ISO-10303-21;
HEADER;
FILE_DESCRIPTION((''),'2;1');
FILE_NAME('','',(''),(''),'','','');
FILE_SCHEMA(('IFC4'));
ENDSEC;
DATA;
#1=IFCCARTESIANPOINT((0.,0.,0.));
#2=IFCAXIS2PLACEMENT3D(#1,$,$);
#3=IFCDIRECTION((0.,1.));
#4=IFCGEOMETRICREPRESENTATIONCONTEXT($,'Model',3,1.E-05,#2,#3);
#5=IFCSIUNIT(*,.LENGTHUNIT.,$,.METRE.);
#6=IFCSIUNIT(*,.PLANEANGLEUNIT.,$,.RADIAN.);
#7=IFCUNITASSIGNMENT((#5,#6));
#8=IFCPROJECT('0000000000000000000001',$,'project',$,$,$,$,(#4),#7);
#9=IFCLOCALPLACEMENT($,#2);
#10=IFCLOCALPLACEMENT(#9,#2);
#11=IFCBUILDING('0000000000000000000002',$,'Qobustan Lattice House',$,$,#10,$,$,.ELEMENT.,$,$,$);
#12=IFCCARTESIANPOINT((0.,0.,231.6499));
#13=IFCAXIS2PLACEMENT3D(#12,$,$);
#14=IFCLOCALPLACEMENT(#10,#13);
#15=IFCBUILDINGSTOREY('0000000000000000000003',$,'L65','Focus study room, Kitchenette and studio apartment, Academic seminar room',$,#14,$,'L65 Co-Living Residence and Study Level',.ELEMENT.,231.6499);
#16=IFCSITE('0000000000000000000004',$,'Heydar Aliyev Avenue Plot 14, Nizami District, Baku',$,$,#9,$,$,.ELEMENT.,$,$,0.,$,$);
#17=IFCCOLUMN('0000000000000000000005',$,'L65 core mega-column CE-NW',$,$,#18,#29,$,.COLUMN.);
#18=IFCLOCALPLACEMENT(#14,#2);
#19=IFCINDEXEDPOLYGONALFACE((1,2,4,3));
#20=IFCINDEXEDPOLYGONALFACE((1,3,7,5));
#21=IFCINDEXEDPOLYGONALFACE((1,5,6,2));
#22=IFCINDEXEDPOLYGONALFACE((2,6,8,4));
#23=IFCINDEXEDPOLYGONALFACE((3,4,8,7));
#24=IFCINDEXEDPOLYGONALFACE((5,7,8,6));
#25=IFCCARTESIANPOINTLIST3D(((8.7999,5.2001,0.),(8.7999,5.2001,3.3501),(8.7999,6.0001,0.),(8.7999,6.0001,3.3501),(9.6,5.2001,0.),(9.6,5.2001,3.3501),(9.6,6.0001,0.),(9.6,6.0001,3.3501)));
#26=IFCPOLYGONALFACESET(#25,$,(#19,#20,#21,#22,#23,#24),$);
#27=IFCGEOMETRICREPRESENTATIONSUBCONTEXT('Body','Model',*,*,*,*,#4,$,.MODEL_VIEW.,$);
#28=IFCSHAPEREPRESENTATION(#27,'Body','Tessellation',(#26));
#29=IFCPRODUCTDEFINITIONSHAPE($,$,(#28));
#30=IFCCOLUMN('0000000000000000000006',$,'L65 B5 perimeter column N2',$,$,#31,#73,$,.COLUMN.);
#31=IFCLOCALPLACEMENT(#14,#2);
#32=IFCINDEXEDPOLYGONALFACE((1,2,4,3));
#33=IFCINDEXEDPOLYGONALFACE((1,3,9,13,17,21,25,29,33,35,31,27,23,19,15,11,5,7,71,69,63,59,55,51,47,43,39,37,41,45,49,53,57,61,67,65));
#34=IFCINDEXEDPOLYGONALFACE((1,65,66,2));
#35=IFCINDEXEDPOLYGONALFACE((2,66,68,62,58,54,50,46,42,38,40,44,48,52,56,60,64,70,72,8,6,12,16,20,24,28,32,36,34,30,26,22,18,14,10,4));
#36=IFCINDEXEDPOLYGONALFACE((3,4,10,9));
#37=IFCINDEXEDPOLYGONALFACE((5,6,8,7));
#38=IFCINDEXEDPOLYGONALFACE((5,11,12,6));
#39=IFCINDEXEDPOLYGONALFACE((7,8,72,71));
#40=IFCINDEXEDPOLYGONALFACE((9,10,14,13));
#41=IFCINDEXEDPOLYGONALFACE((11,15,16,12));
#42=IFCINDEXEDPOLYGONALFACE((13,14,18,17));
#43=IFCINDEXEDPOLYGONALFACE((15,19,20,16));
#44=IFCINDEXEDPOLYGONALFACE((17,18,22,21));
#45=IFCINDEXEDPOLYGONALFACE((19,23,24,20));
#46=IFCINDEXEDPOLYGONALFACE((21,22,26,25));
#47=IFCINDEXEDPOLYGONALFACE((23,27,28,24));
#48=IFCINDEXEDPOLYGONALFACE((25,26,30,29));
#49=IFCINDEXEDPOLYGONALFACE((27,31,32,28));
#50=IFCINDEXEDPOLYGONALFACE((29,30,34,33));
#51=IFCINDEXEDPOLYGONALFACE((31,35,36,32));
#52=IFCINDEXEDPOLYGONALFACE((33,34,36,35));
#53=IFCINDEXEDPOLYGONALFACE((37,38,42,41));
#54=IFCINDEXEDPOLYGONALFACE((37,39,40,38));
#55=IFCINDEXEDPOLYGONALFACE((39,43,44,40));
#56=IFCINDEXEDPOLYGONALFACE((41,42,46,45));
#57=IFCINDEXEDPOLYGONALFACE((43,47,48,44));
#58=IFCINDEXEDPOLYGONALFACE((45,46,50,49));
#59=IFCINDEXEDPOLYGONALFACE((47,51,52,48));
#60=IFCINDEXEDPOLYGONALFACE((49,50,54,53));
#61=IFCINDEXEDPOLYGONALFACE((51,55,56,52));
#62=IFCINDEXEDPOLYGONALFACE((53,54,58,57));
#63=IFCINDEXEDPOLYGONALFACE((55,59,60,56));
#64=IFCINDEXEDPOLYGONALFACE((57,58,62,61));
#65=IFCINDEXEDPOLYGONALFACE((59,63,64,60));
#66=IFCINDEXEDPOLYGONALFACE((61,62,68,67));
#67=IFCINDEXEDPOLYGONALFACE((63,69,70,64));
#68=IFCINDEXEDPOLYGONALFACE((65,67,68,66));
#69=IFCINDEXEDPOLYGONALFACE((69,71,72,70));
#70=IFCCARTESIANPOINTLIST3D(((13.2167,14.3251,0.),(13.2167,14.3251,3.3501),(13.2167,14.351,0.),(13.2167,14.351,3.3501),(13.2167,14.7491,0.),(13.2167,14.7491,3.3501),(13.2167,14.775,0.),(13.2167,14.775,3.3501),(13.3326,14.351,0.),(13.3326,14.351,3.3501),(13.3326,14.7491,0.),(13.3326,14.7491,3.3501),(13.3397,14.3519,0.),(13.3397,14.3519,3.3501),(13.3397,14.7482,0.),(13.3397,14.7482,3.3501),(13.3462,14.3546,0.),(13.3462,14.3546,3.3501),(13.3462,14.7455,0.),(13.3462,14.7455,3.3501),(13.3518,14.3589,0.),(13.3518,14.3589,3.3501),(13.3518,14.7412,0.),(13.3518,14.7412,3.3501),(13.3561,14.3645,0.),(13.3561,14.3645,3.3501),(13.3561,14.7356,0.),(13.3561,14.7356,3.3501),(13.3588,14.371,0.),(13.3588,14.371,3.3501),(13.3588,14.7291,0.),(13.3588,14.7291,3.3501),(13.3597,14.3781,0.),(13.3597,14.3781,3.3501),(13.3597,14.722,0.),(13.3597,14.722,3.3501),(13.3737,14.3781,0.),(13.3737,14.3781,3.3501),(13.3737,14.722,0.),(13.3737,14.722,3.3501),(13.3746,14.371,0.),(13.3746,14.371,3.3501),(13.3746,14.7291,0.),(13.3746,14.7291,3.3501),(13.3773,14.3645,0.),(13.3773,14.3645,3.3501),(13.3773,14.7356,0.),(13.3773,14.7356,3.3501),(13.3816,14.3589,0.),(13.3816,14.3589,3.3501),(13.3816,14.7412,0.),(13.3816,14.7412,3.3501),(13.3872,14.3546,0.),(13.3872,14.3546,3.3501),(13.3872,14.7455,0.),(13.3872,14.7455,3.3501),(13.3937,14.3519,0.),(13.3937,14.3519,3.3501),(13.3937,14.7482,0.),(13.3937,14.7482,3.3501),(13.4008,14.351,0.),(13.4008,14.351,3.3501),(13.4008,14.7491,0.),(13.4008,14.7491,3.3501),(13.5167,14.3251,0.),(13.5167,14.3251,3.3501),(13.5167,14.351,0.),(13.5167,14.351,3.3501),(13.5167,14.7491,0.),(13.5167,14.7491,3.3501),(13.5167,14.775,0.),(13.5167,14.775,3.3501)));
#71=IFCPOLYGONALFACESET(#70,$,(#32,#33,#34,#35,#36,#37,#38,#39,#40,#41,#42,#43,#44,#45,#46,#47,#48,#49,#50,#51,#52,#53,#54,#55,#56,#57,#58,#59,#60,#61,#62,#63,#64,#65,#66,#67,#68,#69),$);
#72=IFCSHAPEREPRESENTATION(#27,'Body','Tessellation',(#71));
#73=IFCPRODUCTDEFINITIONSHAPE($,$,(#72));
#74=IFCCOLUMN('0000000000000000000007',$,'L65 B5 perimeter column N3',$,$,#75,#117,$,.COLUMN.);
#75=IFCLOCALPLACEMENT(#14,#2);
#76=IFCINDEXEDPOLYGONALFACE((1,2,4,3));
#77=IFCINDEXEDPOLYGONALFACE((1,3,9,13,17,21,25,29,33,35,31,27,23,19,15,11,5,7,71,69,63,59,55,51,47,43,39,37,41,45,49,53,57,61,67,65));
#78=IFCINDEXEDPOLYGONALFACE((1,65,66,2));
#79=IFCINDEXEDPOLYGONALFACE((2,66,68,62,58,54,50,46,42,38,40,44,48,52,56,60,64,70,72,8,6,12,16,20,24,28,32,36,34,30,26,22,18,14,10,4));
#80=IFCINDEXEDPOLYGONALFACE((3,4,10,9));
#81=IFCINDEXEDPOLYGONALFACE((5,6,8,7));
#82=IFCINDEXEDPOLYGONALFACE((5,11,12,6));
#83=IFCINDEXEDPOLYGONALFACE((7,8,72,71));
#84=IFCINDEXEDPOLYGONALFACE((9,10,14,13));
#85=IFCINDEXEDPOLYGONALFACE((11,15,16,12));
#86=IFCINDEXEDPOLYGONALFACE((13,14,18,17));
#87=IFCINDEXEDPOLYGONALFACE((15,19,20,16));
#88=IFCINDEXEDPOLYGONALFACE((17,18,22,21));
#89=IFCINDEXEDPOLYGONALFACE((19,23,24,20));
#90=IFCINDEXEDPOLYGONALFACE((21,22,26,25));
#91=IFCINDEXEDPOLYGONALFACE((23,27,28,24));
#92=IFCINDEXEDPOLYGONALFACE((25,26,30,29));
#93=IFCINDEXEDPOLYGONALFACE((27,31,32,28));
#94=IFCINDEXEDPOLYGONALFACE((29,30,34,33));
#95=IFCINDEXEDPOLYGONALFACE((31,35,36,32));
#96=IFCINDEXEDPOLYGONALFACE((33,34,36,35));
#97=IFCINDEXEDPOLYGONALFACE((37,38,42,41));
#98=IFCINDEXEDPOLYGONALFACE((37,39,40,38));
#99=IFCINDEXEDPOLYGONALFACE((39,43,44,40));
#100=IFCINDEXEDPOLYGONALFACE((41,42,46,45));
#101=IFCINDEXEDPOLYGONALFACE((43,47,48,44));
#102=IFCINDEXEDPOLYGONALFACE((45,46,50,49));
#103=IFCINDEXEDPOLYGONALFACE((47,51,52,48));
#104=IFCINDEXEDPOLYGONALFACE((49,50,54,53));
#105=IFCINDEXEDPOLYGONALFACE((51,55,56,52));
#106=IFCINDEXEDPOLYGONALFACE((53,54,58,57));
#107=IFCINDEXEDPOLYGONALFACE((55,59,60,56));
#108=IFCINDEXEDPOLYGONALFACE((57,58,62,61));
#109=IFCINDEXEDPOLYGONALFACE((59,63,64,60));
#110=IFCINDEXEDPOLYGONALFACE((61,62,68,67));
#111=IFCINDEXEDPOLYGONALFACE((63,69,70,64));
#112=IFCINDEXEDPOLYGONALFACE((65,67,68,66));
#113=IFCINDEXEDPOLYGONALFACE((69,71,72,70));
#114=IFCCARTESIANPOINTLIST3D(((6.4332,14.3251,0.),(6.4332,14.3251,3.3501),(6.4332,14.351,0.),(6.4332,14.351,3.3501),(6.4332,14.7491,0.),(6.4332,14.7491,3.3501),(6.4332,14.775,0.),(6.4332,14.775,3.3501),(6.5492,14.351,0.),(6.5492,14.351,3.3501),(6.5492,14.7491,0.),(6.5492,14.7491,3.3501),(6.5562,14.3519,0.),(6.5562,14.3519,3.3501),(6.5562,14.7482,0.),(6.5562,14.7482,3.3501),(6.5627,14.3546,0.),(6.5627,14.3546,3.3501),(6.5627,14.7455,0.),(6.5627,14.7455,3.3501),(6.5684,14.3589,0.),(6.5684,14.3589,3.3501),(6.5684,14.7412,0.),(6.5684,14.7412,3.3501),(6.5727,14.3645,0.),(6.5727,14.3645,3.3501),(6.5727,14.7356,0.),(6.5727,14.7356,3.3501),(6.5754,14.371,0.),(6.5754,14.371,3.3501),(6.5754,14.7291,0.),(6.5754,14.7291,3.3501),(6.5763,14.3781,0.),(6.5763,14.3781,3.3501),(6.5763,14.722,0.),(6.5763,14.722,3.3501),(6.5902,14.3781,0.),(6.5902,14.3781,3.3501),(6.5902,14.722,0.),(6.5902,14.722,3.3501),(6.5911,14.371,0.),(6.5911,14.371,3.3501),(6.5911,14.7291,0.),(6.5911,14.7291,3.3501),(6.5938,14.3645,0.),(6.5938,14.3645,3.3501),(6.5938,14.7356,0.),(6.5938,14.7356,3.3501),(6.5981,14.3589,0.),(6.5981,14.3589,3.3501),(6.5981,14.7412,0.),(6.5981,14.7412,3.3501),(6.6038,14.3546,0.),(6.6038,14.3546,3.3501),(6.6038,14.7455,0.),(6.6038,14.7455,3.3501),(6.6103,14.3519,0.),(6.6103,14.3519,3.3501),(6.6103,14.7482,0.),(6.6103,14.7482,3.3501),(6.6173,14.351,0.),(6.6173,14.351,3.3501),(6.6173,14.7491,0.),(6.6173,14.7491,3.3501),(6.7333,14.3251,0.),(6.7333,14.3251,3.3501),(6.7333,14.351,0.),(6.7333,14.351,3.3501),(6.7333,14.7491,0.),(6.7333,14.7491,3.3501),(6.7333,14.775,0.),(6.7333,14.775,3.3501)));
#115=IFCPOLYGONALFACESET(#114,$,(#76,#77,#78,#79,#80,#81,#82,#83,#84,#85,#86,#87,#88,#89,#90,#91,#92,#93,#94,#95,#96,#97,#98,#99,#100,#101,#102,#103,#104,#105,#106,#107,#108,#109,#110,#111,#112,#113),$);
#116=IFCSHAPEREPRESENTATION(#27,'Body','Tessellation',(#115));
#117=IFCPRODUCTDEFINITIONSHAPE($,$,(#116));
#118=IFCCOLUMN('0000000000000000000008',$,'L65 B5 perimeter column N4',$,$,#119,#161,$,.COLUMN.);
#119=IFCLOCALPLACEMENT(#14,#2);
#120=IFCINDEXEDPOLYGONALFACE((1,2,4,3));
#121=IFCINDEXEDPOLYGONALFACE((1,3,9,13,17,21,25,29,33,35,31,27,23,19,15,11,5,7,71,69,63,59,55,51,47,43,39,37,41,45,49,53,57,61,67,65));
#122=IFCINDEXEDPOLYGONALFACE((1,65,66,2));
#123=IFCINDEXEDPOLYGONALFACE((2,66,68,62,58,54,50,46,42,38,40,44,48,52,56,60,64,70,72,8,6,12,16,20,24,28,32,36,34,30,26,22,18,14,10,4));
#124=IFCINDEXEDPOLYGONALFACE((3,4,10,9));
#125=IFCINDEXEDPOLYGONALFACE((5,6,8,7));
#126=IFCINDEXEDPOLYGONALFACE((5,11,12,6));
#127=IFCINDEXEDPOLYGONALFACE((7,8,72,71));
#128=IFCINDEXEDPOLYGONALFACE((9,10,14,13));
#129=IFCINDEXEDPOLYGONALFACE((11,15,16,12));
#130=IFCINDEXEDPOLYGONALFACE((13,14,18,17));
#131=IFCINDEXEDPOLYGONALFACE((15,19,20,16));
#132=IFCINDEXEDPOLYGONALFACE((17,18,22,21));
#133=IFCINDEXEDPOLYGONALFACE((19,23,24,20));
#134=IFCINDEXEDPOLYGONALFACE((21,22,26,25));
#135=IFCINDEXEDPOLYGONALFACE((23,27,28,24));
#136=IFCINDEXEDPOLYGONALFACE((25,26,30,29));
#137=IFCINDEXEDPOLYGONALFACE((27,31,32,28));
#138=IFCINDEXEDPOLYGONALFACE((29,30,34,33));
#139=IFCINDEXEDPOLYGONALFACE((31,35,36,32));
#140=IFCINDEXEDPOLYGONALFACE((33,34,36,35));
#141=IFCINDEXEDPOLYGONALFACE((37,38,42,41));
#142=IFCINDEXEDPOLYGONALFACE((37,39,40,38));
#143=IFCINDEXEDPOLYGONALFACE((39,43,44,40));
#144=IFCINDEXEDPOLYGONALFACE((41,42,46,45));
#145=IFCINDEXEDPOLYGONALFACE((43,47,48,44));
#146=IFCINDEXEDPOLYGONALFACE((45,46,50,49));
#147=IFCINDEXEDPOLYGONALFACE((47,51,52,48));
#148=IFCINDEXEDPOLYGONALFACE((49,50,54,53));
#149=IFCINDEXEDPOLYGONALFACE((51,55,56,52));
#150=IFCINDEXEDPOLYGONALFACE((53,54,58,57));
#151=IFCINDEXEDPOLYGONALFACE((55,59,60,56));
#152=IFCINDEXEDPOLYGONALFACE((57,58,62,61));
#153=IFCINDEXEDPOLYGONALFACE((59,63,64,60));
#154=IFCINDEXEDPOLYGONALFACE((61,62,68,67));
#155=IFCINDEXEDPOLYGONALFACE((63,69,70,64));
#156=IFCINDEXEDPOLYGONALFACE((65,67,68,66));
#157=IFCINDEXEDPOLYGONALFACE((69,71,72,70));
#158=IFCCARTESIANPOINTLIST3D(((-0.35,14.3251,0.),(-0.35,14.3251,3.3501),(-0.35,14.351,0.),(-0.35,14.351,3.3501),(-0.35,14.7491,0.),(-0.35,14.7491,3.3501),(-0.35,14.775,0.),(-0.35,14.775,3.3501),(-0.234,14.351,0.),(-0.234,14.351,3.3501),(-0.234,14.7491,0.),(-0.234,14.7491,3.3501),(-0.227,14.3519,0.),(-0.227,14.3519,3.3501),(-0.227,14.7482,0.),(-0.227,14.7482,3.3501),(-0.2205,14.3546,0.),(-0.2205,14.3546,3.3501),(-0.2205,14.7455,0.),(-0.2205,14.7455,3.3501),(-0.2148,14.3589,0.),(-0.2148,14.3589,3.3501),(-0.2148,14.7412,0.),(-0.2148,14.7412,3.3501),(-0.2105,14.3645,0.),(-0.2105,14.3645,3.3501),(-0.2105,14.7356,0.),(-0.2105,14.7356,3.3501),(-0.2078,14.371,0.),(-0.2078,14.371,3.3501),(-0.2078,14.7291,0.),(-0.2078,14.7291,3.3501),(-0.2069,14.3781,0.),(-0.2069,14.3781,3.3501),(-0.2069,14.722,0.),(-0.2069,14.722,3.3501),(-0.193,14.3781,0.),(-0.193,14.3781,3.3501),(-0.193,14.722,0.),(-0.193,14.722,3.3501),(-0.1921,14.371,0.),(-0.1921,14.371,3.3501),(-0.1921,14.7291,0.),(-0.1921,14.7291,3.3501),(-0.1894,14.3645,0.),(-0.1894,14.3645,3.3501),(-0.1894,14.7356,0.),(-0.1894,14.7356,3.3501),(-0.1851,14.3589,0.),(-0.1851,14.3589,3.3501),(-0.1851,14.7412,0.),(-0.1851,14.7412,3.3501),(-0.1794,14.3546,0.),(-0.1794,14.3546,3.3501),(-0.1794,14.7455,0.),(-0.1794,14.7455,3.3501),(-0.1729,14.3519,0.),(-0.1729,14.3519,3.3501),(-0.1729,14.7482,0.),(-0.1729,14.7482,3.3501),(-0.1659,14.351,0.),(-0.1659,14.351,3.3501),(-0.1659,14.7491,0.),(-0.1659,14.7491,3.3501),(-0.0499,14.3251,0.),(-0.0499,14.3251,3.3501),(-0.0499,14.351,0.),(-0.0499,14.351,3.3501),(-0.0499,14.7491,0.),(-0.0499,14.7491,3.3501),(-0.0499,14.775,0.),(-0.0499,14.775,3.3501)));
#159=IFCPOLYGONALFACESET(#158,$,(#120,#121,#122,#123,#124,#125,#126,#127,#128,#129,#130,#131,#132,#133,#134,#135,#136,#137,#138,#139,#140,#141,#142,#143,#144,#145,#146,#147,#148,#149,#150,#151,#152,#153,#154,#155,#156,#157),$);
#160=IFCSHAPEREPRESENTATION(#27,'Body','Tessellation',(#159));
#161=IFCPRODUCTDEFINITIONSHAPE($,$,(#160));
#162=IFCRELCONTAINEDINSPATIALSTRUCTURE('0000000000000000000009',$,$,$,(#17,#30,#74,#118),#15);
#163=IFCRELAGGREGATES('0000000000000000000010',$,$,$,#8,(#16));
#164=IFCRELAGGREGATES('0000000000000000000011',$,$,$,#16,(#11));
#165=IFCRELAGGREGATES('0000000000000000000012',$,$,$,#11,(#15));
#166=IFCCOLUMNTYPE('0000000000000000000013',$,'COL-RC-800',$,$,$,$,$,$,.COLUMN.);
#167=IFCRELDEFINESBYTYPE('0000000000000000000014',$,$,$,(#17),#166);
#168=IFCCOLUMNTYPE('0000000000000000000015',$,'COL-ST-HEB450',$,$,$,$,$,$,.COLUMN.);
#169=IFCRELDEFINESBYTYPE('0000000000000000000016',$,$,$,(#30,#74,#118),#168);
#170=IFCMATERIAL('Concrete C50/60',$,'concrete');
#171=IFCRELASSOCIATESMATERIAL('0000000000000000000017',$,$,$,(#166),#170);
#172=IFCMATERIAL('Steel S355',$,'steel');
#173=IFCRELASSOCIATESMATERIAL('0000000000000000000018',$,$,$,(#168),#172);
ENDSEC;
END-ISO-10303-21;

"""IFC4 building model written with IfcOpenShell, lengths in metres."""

from ifc_helpers import new_model, si_unit, direction, frame, origin, origin_2d, place, context, subcontext, project, spatial, rectangle, i_section, extrude, material, material_profile, profile_set, type_object, element, save


model = new_model("IFC4")

# Units and contexts
model_context = context("Model", 3, precision=1e-05, world=origin(), true_north=direction((0.0, 1.0)))
body_context = subcontext(model_context, "Body", "Model", "MODEL_VIEW")
ifc_project = project(units=[si_unit("LENGTHUNIT", "METRE"), si_unit("PLANEANGLEUNIT", "RADIAN")], contexts=[model_context])

# Site, building, storey
site_placement = place(None, origin())
site = spatial("IfcSite", under=ifc_project, at=site_placement, Name="Heydar Aliyev Avenue Plot 14, Nizami District, Baku", CompositionType="ELEMENT", RefElevation=0.0)
building_placement = place(site_placement, origin())
building = spatial("IfcBuilding", under=site, at=building_placement, Name="Qobustan Lattice House", CompositionType="ELEMENT")
storey_placement = place(building_placement, frame((0.0, 0.0, 231.6499)))
storey = spatial("IfcBuildingStorey", under=building, at=storey_placement, Name="L65", Description="Focus study room, Kitchenette and studio apartment, Academic seminar room", LongName="L65 Co-Living Residence and Study Level", CompositionType="ELEMENT", Elevation=231.6499)

# Columns
ifc_material_1 = material(Name="Concrete C50/60", Category="concrete")
ifc_material_profile_1 = material_profile(ifc_material_1, rectangle(XDim=0.8, YDim=0.8, at=origin_2d()), Name="RC800x800")
ifc_profile_set_1 = profile_set([ifc_material_profile_1], Name="Concrete C50/60")
column_type_1 = type_object("IfcColumnType", Name="COL-RC-800", PredefinedType="COLUMN", material=ifc_profile_set_1)
column_placement = place(storey_placement, frame((9.2, 5.6001, 0.0), z_axis=(0.0, 0.0, 1.0), x_axis=(1.0, 0.0, 0.0)))
element("IfcColumn", 1, at=column_placement, inside=storey, type_object=column_type_1, Name="L65 core mega-column CE-NW", PredefinedType="COLUMN", context=body_context, shape_type="SweptSolid", body=[
    extrude(rectangle(XDim=0.8, YDim=0.8, at=origin_2d()), origin(), (0.0, 0.0, 1.0), 3.3501),
])
ifc_material_2 = material(Name="Steel S355", Category="steel")
ifc_material_profile_2 = material_profile(ifc_material_2, i_section(OverallWidth=0.3, OverallDepth=0.45, WebThickness=0.0139, FlangeThickness=0.0259, FilletRadius=0.0271, at=origin_2d()), Name="HEB450")
ifc_profile_set_2 = profile_set([ifc_material_profile_2], Name="Steel S355")
column_type_2 = type_object("IfcColumnType", Name="COL-ST-HEB450", PredefinedType="COLUMN", material=ifc_profile_set_2)
for number, where, z_axis, x_axis, name in (
    (2, (13.3667, 14.55, 0.0), (0.0, 0.0, 1.0), (1.0, 0.0, 0.0), "L65 B5 perimeter column N2"),
    (3, (6.5833, 14.55, 0.0), (0.0, 0.0, 1.0), (1.0, 0.0, 0.0), "L65 B5 perimeter column N3"),
    (4, (-0.2, 14.55, 0.0), (0.0, 0.0, 1.0), (1.0, 0.0, 0.0), "L65 B5 perimeter column N4"),
):
    element("IfcColumn", number, at=place(storey_placement, frame(where, z_axis=z_axis, x_axis=x_axis)), inside=storey, type_object=column_type_2, Name=name, PredefinedType="COLUMN", context=body_context, shape_type="SweptSolid", body=[
        extrude(i_section(OverallWidth=0.3, OverallDepth=0.45, WebThickness=0.0139, FlangeThickness=0.0259, FilletRadius=0.0271, at=origin_2d()), origin(), (0.0, 0.0, 1.0), 3.3501),
    ])

save(model, "model.ifc")
